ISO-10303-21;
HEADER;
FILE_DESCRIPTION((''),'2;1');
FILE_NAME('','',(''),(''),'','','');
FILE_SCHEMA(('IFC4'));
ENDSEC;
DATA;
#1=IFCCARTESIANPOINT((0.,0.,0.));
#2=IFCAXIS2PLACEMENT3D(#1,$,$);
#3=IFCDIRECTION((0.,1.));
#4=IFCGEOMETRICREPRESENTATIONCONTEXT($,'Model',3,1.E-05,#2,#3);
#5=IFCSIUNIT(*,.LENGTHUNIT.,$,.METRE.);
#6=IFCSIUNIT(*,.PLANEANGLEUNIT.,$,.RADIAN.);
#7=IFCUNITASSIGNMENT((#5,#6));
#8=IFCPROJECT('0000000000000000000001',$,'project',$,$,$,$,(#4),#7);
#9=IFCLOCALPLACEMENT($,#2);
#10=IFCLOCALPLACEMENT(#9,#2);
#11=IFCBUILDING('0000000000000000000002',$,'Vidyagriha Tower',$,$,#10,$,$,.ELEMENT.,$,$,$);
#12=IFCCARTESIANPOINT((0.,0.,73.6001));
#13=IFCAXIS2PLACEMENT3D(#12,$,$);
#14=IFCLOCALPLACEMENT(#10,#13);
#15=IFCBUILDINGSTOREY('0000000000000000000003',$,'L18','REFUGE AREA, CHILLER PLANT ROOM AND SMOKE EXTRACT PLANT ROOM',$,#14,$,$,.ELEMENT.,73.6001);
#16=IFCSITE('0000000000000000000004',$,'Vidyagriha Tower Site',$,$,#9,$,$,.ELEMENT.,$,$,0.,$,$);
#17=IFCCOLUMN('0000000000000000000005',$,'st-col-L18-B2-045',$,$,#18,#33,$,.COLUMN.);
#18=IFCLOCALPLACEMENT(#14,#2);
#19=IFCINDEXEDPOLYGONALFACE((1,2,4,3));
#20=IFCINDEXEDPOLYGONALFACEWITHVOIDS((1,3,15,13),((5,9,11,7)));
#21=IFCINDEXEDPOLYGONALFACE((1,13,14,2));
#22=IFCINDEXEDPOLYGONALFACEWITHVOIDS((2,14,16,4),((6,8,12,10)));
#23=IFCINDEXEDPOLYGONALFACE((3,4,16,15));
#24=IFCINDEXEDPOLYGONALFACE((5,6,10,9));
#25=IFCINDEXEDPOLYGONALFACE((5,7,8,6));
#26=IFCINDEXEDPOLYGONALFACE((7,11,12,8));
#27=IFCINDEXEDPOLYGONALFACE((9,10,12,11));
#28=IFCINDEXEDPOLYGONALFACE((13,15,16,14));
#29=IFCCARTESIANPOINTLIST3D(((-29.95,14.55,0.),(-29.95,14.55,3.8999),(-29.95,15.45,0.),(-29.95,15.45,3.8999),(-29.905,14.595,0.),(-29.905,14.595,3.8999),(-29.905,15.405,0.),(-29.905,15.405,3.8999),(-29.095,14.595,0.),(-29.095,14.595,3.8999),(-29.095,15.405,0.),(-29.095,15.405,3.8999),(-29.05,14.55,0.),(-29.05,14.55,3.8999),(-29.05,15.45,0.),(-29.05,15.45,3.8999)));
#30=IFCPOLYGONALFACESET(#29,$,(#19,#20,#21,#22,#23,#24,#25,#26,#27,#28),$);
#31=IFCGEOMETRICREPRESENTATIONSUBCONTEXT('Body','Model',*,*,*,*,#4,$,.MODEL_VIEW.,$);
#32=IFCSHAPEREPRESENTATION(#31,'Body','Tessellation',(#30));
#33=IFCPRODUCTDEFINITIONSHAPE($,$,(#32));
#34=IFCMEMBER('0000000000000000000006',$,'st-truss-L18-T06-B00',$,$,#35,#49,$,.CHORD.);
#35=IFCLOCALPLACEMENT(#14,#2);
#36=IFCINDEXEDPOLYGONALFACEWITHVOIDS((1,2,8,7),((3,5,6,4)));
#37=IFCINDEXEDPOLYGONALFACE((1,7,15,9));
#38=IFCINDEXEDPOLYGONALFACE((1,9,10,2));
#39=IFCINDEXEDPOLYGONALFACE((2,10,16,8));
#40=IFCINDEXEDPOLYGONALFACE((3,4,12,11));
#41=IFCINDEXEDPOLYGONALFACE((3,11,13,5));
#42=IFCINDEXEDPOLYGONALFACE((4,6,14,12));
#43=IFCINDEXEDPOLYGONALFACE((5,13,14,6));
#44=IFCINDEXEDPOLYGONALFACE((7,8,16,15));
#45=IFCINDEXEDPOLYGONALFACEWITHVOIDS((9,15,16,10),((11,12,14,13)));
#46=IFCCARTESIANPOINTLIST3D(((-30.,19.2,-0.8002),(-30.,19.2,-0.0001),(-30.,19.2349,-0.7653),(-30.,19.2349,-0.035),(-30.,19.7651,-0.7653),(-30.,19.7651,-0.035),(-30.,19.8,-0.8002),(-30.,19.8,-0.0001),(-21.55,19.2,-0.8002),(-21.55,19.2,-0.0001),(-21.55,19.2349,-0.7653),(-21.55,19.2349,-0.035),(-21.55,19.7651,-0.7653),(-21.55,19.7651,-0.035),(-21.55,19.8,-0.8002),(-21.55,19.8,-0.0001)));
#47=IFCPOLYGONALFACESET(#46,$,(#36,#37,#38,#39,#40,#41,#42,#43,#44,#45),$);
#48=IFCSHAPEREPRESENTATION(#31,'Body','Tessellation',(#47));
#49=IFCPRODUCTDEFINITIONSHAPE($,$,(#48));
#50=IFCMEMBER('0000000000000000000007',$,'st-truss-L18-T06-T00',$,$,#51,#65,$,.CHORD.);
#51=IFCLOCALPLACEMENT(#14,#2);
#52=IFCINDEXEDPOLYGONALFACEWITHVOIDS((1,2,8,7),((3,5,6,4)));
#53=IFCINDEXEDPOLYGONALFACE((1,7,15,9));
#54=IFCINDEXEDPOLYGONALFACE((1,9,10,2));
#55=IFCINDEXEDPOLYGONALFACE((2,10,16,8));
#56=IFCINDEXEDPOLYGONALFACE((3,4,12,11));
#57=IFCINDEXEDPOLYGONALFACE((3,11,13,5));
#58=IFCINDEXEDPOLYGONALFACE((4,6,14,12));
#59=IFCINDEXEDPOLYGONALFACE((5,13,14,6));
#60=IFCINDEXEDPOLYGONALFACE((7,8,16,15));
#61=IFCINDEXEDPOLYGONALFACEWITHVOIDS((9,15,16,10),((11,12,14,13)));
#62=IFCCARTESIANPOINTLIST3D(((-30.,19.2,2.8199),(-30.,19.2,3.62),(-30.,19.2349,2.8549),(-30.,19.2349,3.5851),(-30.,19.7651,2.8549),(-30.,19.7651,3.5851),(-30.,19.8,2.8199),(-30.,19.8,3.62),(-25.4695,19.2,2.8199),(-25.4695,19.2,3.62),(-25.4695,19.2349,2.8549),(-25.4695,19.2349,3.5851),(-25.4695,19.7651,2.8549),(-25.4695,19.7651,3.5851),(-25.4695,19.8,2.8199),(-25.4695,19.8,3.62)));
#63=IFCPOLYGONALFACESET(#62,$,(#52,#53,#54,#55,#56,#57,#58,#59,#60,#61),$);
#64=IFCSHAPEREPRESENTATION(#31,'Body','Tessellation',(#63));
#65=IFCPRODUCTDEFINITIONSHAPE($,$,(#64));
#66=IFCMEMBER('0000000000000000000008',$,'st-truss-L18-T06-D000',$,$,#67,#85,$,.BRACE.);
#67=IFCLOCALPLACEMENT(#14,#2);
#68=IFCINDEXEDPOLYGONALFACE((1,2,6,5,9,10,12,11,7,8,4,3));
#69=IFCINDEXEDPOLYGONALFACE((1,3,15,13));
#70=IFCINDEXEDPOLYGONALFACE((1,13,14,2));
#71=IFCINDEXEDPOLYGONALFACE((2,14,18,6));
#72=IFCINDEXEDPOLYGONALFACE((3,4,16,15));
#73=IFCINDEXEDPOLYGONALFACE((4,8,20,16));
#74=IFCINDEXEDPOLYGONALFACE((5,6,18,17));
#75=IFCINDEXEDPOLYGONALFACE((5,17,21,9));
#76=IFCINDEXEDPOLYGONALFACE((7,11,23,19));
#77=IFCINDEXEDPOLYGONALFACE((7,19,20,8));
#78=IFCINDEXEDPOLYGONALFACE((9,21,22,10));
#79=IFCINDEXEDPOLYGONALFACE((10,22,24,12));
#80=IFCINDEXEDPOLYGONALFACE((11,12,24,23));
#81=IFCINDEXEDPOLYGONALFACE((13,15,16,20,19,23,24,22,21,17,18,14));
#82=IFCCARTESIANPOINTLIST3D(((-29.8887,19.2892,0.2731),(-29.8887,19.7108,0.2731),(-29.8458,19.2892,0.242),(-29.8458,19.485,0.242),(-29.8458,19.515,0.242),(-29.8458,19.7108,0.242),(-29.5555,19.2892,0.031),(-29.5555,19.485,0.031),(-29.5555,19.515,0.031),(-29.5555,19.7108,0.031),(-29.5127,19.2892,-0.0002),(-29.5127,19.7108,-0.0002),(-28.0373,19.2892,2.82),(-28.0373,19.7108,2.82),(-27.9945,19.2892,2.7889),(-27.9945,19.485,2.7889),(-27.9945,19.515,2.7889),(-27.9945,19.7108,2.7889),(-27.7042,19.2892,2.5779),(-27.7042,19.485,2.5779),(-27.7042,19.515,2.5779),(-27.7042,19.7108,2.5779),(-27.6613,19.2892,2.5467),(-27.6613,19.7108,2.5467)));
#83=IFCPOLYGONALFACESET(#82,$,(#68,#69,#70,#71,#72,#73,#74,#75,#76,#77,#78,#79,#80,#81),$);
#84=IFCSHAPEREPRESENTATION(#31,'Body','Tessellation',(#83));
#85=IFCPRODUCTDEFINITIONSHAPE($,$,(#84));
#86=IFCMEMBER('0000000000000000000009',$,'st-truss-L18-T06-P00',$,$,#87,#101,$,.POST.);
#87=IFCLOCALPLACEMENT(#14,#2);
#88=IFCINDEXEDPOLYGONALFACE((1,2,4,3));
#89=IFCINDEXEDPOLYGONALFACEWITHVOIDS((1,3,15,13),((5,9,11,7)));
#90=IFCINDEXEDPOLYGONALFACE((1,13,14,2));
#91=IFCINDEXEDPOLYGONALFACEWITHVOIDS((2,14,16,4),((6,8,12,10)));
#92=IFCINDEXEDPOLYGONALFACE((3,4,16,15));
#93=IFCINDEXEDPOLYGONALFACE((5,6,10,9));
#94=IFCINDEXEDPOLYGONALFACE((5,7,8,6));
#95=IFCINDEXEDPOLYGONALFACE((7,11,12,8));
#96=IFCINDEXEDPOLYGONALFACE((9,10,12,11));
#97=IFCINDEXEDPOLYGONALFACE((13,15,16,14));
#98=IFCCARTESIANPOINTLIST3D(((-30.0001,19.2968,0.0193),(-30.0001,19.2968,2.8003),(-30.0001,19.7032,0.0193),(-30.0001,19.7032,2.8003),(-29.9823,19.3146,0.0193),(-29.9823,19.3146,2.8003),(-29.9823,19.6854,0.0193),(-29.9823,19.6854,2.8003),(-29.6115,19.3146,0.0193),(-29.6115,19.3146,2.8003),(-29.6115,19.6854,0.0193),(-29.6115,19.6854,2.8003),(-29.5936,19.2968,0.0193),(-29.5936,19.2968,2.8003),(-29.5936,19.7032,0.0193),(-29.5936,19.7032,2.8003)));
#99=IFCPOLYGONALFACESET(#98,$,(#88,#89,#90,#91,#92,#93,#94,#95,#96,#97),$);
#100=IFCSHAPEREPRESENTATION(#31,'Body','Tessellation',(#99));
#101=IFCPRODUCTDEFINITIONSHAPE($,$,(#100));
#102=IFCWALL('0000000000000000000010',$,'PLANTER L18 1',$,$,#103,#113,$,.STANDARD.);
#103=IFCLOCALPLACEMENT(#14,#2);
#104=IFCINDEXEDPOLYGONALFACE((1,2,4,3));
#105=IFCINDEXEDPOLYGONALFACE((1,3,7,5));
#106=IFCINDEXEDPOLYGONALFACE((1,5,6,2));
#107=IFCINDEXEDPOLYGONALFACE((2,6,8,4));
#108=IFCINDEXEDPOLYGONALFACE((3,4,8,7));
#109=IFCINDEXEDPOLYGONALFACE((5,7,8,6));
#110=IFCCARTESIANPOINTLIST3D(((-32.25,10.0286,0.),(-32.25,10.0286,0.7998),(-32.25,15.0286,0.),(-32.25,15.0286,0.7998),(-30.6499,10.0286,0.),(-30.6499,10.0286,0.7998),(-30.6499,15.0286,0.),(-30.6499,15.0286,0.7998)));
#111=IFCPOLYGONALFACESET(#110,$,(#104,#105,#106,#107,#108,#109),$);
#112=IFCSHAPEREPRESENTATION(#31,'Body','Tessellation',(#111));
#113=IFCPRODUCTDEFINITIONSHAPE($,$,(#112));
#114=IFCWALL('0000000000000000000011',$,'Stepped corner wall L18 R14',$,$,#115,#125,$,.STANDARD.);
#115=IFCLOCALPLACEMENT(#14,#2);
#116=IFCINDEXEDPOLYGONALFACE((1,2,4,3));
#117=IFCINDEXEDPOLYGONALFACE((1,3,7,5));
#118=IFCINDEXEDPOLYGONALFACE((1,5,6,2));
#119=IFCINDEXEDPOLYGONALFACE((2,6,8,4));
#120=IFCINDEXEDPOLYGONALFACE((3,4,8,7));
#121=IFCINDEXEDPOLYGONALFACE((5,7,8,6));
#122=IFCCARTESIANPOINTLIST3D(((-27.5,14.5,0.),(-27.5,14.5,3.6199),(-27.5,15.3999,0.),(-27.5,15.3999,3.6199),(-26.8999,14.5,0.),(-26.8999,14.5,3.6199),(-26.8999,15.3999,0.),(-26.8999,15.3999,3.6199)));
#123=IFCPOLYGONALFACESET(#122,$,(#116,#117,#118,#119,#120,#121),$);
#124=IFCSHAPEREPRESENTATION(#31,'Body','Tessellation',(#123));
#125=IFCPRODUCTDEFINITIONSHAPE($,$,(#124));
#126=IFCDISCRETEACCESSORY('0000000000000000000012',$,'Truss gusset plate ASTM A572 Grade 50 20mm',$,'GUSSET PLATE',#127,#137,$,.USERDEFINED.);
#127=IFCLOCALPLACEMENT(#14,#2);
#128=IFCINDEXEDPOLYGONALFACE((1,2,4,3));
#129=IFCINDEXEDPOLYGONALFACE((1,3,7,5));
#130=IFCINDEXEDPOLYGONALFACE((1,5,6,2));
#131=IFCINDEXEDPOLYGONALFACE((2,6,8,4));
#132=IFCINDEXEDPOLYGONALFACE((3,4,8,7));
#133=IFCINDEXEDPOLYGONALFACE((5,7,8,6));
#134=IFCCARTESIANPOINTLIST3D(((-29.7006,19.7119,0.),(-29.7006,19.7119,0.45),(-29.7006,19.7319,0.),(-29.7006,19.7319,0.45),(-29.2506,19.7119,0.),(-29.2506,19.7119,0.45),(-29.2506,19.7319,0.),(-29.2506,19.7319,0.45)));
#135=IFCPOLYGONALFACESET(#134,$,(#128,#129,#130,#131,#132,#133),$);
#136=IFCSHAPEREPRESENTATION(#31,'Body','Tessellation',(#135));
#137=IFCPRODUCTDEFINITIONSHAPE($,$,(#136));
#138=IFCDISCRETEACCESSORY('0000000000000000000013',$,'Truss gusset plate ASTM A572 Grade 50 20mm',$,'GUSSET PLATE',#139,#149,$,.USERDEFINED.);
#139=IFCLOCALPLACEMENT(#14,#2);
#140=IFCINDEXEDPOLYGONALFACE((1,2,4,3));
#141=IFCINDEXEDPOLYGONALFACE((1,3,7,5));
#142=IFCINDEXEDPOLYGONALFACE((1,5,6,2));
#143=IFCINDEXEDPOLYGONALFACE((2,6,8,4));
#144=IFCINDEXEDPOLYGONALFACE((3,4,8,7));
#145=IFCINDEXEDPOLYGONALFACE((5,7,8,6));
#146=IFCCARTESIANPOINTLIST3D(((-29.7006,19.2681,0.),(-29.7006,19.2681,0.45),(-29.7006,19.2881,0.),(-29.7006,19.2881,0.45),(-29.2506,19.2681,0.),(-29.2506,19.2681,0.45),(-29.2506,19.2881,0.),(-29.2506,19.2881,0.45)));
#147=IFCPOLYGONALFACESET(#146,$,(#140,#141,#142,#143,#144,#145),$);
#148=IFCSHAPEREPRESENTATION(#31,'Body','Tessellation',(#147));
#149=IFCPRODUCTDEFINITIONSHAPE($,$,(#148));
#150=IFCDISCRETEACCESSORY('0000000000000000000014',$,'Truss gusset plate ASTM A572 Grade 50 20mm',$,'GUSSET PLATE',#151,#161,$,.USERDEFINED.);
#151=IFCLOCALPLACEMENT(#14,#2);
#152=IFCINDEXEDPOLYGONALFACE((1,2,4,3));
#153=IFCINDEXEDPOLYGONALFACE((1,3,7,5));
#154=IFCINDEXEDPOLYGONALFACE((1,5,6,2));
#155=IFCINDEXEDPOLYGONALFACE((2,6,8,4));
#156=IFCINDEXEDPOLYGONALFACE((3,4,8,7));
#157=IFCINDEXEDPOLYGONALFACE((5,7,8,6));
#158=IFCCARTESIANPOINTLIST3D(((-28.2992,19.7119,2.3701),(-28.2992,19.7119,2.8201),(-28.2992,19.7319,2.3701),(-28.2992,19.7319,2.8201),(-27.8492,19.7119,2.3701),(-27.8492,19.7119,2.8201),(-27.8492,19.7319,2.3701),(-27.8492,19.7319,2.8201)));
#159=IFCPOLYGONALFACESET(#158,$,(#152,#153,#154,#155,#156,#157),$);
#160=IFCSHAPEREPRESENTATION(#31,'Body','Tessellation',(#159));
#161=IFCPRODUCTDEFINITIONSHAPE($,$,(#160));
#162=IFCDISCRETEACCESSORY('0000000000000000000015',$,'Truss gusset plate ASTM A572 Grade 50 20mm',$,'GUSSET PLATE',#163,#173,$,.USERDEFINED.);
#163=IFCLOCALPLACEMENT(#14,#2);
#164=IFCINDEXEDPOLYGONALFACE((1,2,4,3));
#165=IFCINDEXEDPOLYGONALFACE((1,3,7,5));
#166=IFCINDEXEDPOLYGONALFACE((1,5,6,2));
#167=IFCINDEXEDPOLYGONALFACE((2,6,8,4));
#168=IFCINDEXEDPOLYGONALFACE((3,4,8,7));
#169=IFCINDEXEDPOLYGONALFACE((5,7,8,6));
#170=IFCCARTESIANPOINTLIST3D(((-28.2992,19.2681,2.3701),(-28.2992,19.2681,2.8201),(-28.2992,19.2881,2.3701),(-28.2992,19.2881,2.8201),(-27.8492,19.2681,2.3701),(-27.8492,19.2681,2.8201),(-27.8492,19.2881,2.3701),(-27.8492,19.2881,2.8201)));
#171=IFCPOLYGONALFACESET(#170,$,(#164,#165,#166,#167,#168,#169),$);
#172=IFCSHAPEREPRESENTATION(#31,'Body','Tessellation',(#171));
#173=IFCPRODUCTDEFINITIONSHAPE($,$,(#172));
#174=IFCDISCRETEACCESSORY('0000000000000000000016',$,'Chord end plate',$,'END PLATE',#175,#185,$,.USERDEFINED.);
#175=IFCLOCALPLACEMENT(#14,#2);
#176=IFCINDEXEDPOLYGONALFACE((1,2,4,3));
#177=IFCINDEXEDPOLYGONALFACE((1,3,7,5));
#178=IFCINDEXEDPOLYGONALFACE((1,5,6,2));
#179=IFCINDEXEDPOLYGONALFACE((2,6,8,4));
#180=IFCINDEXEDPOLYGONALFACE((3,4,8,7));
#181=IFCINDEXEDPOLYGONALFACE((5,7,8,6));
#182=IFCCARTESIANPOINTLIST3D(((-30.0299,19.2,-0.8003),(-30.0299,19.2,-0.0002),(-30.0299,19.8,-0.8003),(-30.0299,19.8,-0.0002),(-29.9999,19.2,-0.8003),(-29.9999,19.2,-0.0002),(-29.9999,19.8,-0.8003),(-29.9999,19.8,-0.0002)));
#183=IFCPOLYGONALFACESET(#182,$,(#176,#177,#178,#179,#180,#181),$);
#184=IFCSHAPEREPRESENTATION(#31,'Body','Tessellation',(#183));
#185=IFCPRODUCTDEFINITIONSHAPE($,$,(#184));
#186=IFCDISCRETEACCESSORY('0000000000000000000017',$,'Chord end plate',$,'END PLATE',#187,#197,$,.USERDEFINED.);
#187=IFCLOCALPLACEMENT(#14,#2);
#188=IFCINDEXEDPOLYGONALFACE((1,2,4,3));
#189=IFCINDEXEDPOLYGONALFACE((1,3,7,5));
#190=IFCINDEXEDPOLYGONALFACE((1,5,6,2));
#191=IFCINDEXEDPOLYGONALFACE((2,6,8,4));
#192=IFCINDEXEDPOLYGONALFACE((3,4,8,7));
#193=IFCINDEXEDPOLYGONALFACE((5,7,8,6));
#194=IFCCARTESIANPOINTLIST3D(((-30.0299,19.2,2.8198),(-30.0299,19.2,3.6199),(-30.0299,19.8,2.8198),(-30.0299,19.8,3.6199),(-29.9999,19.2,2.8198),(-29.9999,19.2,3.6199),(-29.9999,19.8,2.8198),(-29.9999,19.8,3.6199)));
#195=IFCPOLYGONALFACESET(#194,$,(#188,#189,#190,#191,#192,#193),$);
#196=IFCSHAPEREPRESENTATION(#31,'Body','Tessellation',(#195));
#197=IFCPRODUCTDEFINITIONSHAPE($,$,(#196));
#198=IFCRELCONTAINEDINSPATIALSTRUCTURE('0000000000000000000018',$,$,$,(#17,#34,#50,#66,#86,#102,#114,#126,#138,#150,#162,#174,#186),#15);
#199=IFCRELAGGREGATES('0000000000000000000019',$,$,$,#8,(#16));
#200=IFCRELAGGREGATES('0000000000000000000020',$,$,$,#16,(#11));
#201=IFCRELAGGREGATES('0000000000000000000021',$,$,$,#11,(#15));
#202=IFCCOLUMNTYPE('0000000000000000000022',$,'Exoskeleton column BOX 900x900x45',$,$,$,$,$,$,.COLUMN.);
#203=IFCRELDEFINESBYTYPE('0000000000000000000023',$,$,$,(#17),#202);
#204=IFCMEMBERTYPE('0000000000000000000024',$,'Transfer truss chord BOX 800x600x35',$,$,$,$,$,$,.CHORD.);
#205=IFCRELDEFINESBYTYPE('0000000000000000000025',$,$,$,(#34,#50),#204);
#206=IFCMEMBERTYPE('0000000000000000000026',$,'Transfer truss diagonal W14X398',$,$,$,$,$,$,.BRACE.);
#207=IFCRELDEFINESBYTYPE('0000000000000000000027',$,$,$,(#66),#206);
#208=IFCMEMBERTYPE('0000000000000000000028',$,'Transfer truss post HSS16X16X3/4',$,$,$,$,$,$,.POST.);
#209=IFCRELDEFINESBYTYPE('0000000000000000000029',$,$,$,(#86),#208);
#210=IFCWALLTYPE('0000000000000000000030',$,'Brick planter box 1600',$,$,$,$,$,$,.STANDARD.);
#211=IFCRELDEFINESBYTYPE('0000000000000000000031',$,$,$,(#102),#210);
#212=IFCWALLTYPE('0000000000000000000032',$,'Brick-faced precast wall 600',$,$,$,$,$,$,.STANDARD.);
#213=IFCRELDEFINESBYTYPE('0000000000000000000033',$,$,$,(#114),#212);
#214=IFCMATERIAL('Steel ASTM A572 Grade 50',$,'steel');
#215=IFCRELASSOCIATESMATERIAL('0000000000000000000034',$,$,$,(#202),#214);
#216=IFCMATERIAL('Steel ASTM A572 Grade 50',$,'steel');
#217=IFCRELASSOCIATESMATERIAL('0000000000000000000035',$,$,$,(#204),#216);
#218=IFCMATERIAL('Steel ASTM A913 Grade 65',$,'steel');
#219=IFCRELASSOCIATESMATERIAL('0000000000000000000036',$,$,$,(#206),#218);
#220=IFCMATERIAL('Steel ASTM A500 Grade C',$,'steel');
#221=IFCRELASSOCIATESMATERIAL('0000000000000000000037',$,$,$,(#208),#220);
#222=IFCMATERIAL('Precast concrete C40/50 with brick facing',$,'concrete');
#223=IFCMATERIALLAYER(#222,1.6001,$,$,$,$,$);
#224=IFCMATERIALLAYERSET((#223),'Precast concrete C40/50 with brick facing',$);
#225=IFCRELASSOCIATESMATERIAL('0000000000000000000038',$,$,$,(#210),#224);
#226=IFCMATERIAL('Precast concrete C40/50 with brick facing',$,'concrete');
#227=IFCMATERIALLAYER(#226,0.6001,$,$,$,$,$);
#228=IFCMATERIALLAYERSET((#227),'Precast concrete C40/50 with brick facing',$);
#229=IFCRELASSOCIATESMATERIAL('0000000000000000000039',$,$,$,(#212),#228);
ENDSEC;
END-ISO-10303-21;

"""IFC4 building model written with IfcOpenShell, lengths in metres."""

from ifc_helpers import new_model, si_unit, direction, frame, frame_2d, origin, origin_2d, place, context, subcontext, project, spatial, rectangle, hollow_rectangle, i_section, extrude, material, layer, layer_set, material_profile, profile_set, type_object, element, save


model = new_model("IFC4")

# Units and contexts
model_context = context("Model", 3, precision=1e-05, world=origin(), true_north=direction((0.0, 1.0)))
body_context = subcontext(model_context, "Body", "Model", "MODEL_VIEW")
ifc_project = project(units=[si_unit("LENGTHUNIT", "METRE"), si_unit("PLANEANGLEUNIT", "RADIAN")], contexts=[model_context])

# Site, building, storey
site_placement = place(None, origin())
site = spatial("IfcSite", under=ifc_project, at=site_placement, Name="Vidyagriha Tower Site", CompositionType="ELEMENT", RefElevation=0.0)
building_placement = place(site_placement, origin())
building = spatial("IfcBuilding", under=site, at=building_placement, Name="Vidyagriha Tower", CompositionType="ELEMENT")
storey_placement = place(building_placement, frame((0.0, 0.0, 73.6001)))
storey = spatial("IfcBuildingStorey", under=building, at=storey_placement, Name="L18", Description="REFUGE AREA, CHILLER PLANT ROOM AND SMOKE EXTRACT PLANT ROOM", CompositionType="ELEMENT", Elevation=73.6001)

# Column
ifc_material_1 = material(Name="Steel ASTM A572 Grade 50", Category="steel")
ifc_material_profile_1 = material_profile(ifc_material_1, hollow_rectangle(XDim=0.8999, YDim=0.8999, WallThickness=0.0449, at=origin_2d()), Name="BOX 900x900x45")
ifc_profile_set_1 = profile_set([ifc_material_profile_1], Name="Steel ASTM A572 Grade 50")
column_type = type_object("IfcColumnType", Name="Exoskeleton column BOX 900x900x45", PredefinedType="COLUMN", material=ifc_profile_set_1)
column_placement = place(storey_placement, frame((-29.5, 15.0, 0.0)))
element("IfcColumn", 1, at=column_placement, inside=storey, type_object=column_type, Name="st-col-L18-B2-045", PredefinedType="COLUMN", context=body_context, shape_type="SweptSolid", body=[
    extrude(hollow_rectangle(XDim=0.8999, YDim=0.8999, WallThickness=0.0449, at=origin_2d()), origin(), (0.0, 0.0, 1.0), 3.8999),
])

# Members
ifc_material_2 = material(Name="Steel ASTM A572 Grade 50", Category="steel")
ifc_material_profile_2 = material_profile(ifc_material_2, hollow_rectangle(XDim=0.6001, YDim=0.8, WallThickness=0.0349, at=origin_2d()), Name="BOX 800x600x35")
ifc_profile_set_2 = profile_set([ifc_material_profile_2], Name="Steel ASTM A572 Grade 50")
member_type_1 = type_object("IfcMemberType", Name="Transfer truss chord BOX 800x600x35", PredefinedType="CHORD", material=ifc_profile_set_2)
member_1_placement = place(storey_placement, frame((-30.0, 19.5, -0.4001), z_axis=(1.0, 0.0, 0.0), x_axis=(0.0, 1.0, 0.0)))
element("IfcMember", 2, at=member_1_placement, inside=storey, type_object=member_type_1, Name="st-truss-L18-T06-B00", PredefinedType="CHORD", context=body_context, shape_type="SweptSolid", body=[
    extrude(hollow_rectangle(XDim=0.6001, YDim=0.8, WallThickness=0.0349, at=origin_2d()), origin(), (0.0, 0.0, 1.0), 8.45),
])
member_2_placement = place(storey_placement, frame((-30.0, 19.5, 3.22), z_axis=(1.0, 0.0, 0.0), x_axis=(0.0, 1.0, 0.0)))
element("IfcMember", 3, at=member_2_placement, inside=storey, type_object=member_type_1, Name="st-truss-L18-T06-T00", PredefinedType="CHORD", context=body_context, shape_type="SweptSolid", body=[
    extrude(hollow_rectangle(XDim=0.6001, YDim=0.8, WallThickness=0.0349, at=origin_2d()), origin(), (0.0, 0.0, 1.0), 4.5305),
])
ifc_material_3 = material(Name="Steel ASTM A913 Grade 65", Category="steel")
ifc_material_profile_3 = material_profile(ifc_material_3, i_section(OverallWidth=0.4216, OverallDepth=0.4648, WebThickness=0.03, FlangeThickness=0.053, at=origin_2d()), Name="W14X398")
ifc_profile_set_3 = profile_set([ifc_material_profile_3], Name="Steel ASTM A913 Grade 65")
member_type_2 = type_object("IfcMemberType", Name="Transfer truss diagonal W14X398", PredefinedType="BRACE", material=ifc_profile_set_3)
member_3_placement = place(storey_placement, frame((-29.7007, 19.5, 0.1365), z_axis=(0.587973, 0.0, 0.80888), x_axis=(0.0, 1.0, 0.0)))
element("IfcMember", 4, at=member_3_placement, inside=storey, type_object=member_type_2, Name="st-truss-L18-T06-D000", PredefinedType="BRACE", context=body_context, shape_type="SweptSolid", body=[
    extrude(i_section(OverallWidth=0.4216, OverallDepth=0.4648, WebThickness=0.03, FlangeThickness=0.053, at=origin_2d()), origin(), (0.0, 0.0, 1.0), 3.1487),
])
ifc_material_4 = material(Name="Steel ASTM A500 Grade C", Category="steel")
ifc_material_profile_4 = material_profile(ifc_material_4, hollow_rectangle(XDim=0.4065, YDim=0.4065, WallThickness=0.0178, at=origin_2d()), Name="HSS16X16X3/4")
ifc_profile_set_4 = profile_set([ifc_material_profile_4], Name="Steel ASTM A500 Grade C")
member_type_3 = type_object("IfcMemberType", Name="Transfer truss post HSS16X16X3/4", PredefinedType="POST", material=ifc_profile_set_4)
member_4_placement = place(storey_placement, frame((-29.7969, 19.5, 0.0193)))
element("IfcMember", 5, at=member_4_placement, inside=storey, type_object=member_type_3, Name="st-truss-L18-T06-P00", PredefinedType="POST", context=body_context, shape_type="SweptSolid", body=[
    extrude(hollow_rectangle(XDim=0.4065, YDim=0.4065, WallThickness=0.0178, at=origin_2d()), origin(), (0.0, 0.0, 1.0), 2.781),
])

# Walls
ifc_material_5 = material(Name="Precast concrete C40/50 with brick facing", Category="concrete")
ifc_layer_1 = layer(ifc_material_5, 1.6001)
ifc_layer_set_1 = layer_set([ifc_layer_1], Name="Precast concrete C40/50 with brick facing")
wall_type_1 = type_object("IfcWallType", Name="Brick planter box 1600", PredefinedType="STANDARD", material=ifc_layer_set_1)
wall_1_placement = place(storey_placement, frame((-31.45, 15.0286, 0.0), z_axis=(0.0, 0.0, 1.0), x_axis=(0.0, -1.0, 0.0)))
element("IfcWall", 6, at=wall_1_placement, inside=storey, type_object=wall_type_1, Name="PLANTER L18 1", PredefinedType="STANDARD", context=body_context, shape_type="SweptSolid", body=[
    extrude(rectangle(XDim=5.0, YDim=1.6001, at=frame_2d((2.5, 0.0))), origin(), (0.0, 0.0, 1.0), 0.7998),
])
ifc_material_6 = material(Name="Precast concrete C40/50 with brick facing", Category="concrete")
ifc_layer_2 = layer(ifc_material_6, 0.6001)
ifc_layer_set_2 = layer_set([ifc_layer_2], Name="Precast concrete C40/50 with brick facing")
wall_type_2 = type_object("IfcWallType", Name="Brick-faced precast wall 600", PredefinedType="STANDARD", material=ifc_layer_set_2)
wall_2_placement = place(storey_placement, frame((-27.2, 15.3999, 0.0), z_axis=(0.0, 0.0, 1.0), x_axis=(0.0, -1.0, 0.0)))
element("IfcWall", 7, at=wall_2_placement, inside=storey, type_object=wall_type_2, Name="Stepped corner wall L18 R14", PredefinedType="STANDARD", context=body_context, shape_type="SweptSolid", body=[
    extrude(rectangle(XDim=0.8999, YDim=0.6001, at=frame_2d((0.45, 0.0))), origin(), (0.0, 0.0, 1.0), 3.6199),
])

# Discrete accessories
for number, where, name in (
    (8, (-29.4756, 19.7219, 0.0), "Truss gusset plate ASTM A572 Grade 50 20mm"),
    (9, (-29.4756, 19.2781, 0.0), "Truss gusset plate ASTM A572 Grade 50 20mm"),
    (10, (-28.0742, 19.7219, 2.3701), "Truss gusset plate ASTM A572 Grade 50 20mm"),
    (11, (-28.0742, 19.2781, 2.3701), "Truss gusset plate ASTM A572 Grade 50 20mm"),
):
    element("IfcDiscreteAccessory", number, at=place(storey_placement, frame(where)), inside=storey, Name=name, ObjectType="GUSSET PLATE", PredefinedType="USERDEFINED", context=body_context, shape_type="SweptSolid", body=[
        extrude(rectangle(XDim=0.45, YDim=0.02, at=origin_2d()), origin(), (0.0, 0.0, 1.0), 0.45),
    ])
for number, where, z_axis, x_axis, name in (
    (12, (-30.0149, 19.5, -0.8003), (0.0, 0.0, 1.0), (-1.0, 0.0, 0.0), "Chord end plate"),
    (13, (-30.0149, 19.5, 2.8198), (0.0, 0.0, 1.0), (-1.0, 0.0, 0.0), "Chord end plate"),
):
    element("IfcDiscreteAccessory", number, at=place(storey_placement, frame(where, z_axis=z_axis, x_axis=x_axis)), inside=storey, Name=name, ObjectType="END PLATE", PredefinedType="USERDEFINED", context=body_context, shape_type="SweptSolid", body=[
        extrude(rectangle(XDim=0.03, YDim=0.6001, at=origin_2d()), origin(), (0.0, 0.0, 1.0), 0.8),
    ])

save(model, "model.ifc")
